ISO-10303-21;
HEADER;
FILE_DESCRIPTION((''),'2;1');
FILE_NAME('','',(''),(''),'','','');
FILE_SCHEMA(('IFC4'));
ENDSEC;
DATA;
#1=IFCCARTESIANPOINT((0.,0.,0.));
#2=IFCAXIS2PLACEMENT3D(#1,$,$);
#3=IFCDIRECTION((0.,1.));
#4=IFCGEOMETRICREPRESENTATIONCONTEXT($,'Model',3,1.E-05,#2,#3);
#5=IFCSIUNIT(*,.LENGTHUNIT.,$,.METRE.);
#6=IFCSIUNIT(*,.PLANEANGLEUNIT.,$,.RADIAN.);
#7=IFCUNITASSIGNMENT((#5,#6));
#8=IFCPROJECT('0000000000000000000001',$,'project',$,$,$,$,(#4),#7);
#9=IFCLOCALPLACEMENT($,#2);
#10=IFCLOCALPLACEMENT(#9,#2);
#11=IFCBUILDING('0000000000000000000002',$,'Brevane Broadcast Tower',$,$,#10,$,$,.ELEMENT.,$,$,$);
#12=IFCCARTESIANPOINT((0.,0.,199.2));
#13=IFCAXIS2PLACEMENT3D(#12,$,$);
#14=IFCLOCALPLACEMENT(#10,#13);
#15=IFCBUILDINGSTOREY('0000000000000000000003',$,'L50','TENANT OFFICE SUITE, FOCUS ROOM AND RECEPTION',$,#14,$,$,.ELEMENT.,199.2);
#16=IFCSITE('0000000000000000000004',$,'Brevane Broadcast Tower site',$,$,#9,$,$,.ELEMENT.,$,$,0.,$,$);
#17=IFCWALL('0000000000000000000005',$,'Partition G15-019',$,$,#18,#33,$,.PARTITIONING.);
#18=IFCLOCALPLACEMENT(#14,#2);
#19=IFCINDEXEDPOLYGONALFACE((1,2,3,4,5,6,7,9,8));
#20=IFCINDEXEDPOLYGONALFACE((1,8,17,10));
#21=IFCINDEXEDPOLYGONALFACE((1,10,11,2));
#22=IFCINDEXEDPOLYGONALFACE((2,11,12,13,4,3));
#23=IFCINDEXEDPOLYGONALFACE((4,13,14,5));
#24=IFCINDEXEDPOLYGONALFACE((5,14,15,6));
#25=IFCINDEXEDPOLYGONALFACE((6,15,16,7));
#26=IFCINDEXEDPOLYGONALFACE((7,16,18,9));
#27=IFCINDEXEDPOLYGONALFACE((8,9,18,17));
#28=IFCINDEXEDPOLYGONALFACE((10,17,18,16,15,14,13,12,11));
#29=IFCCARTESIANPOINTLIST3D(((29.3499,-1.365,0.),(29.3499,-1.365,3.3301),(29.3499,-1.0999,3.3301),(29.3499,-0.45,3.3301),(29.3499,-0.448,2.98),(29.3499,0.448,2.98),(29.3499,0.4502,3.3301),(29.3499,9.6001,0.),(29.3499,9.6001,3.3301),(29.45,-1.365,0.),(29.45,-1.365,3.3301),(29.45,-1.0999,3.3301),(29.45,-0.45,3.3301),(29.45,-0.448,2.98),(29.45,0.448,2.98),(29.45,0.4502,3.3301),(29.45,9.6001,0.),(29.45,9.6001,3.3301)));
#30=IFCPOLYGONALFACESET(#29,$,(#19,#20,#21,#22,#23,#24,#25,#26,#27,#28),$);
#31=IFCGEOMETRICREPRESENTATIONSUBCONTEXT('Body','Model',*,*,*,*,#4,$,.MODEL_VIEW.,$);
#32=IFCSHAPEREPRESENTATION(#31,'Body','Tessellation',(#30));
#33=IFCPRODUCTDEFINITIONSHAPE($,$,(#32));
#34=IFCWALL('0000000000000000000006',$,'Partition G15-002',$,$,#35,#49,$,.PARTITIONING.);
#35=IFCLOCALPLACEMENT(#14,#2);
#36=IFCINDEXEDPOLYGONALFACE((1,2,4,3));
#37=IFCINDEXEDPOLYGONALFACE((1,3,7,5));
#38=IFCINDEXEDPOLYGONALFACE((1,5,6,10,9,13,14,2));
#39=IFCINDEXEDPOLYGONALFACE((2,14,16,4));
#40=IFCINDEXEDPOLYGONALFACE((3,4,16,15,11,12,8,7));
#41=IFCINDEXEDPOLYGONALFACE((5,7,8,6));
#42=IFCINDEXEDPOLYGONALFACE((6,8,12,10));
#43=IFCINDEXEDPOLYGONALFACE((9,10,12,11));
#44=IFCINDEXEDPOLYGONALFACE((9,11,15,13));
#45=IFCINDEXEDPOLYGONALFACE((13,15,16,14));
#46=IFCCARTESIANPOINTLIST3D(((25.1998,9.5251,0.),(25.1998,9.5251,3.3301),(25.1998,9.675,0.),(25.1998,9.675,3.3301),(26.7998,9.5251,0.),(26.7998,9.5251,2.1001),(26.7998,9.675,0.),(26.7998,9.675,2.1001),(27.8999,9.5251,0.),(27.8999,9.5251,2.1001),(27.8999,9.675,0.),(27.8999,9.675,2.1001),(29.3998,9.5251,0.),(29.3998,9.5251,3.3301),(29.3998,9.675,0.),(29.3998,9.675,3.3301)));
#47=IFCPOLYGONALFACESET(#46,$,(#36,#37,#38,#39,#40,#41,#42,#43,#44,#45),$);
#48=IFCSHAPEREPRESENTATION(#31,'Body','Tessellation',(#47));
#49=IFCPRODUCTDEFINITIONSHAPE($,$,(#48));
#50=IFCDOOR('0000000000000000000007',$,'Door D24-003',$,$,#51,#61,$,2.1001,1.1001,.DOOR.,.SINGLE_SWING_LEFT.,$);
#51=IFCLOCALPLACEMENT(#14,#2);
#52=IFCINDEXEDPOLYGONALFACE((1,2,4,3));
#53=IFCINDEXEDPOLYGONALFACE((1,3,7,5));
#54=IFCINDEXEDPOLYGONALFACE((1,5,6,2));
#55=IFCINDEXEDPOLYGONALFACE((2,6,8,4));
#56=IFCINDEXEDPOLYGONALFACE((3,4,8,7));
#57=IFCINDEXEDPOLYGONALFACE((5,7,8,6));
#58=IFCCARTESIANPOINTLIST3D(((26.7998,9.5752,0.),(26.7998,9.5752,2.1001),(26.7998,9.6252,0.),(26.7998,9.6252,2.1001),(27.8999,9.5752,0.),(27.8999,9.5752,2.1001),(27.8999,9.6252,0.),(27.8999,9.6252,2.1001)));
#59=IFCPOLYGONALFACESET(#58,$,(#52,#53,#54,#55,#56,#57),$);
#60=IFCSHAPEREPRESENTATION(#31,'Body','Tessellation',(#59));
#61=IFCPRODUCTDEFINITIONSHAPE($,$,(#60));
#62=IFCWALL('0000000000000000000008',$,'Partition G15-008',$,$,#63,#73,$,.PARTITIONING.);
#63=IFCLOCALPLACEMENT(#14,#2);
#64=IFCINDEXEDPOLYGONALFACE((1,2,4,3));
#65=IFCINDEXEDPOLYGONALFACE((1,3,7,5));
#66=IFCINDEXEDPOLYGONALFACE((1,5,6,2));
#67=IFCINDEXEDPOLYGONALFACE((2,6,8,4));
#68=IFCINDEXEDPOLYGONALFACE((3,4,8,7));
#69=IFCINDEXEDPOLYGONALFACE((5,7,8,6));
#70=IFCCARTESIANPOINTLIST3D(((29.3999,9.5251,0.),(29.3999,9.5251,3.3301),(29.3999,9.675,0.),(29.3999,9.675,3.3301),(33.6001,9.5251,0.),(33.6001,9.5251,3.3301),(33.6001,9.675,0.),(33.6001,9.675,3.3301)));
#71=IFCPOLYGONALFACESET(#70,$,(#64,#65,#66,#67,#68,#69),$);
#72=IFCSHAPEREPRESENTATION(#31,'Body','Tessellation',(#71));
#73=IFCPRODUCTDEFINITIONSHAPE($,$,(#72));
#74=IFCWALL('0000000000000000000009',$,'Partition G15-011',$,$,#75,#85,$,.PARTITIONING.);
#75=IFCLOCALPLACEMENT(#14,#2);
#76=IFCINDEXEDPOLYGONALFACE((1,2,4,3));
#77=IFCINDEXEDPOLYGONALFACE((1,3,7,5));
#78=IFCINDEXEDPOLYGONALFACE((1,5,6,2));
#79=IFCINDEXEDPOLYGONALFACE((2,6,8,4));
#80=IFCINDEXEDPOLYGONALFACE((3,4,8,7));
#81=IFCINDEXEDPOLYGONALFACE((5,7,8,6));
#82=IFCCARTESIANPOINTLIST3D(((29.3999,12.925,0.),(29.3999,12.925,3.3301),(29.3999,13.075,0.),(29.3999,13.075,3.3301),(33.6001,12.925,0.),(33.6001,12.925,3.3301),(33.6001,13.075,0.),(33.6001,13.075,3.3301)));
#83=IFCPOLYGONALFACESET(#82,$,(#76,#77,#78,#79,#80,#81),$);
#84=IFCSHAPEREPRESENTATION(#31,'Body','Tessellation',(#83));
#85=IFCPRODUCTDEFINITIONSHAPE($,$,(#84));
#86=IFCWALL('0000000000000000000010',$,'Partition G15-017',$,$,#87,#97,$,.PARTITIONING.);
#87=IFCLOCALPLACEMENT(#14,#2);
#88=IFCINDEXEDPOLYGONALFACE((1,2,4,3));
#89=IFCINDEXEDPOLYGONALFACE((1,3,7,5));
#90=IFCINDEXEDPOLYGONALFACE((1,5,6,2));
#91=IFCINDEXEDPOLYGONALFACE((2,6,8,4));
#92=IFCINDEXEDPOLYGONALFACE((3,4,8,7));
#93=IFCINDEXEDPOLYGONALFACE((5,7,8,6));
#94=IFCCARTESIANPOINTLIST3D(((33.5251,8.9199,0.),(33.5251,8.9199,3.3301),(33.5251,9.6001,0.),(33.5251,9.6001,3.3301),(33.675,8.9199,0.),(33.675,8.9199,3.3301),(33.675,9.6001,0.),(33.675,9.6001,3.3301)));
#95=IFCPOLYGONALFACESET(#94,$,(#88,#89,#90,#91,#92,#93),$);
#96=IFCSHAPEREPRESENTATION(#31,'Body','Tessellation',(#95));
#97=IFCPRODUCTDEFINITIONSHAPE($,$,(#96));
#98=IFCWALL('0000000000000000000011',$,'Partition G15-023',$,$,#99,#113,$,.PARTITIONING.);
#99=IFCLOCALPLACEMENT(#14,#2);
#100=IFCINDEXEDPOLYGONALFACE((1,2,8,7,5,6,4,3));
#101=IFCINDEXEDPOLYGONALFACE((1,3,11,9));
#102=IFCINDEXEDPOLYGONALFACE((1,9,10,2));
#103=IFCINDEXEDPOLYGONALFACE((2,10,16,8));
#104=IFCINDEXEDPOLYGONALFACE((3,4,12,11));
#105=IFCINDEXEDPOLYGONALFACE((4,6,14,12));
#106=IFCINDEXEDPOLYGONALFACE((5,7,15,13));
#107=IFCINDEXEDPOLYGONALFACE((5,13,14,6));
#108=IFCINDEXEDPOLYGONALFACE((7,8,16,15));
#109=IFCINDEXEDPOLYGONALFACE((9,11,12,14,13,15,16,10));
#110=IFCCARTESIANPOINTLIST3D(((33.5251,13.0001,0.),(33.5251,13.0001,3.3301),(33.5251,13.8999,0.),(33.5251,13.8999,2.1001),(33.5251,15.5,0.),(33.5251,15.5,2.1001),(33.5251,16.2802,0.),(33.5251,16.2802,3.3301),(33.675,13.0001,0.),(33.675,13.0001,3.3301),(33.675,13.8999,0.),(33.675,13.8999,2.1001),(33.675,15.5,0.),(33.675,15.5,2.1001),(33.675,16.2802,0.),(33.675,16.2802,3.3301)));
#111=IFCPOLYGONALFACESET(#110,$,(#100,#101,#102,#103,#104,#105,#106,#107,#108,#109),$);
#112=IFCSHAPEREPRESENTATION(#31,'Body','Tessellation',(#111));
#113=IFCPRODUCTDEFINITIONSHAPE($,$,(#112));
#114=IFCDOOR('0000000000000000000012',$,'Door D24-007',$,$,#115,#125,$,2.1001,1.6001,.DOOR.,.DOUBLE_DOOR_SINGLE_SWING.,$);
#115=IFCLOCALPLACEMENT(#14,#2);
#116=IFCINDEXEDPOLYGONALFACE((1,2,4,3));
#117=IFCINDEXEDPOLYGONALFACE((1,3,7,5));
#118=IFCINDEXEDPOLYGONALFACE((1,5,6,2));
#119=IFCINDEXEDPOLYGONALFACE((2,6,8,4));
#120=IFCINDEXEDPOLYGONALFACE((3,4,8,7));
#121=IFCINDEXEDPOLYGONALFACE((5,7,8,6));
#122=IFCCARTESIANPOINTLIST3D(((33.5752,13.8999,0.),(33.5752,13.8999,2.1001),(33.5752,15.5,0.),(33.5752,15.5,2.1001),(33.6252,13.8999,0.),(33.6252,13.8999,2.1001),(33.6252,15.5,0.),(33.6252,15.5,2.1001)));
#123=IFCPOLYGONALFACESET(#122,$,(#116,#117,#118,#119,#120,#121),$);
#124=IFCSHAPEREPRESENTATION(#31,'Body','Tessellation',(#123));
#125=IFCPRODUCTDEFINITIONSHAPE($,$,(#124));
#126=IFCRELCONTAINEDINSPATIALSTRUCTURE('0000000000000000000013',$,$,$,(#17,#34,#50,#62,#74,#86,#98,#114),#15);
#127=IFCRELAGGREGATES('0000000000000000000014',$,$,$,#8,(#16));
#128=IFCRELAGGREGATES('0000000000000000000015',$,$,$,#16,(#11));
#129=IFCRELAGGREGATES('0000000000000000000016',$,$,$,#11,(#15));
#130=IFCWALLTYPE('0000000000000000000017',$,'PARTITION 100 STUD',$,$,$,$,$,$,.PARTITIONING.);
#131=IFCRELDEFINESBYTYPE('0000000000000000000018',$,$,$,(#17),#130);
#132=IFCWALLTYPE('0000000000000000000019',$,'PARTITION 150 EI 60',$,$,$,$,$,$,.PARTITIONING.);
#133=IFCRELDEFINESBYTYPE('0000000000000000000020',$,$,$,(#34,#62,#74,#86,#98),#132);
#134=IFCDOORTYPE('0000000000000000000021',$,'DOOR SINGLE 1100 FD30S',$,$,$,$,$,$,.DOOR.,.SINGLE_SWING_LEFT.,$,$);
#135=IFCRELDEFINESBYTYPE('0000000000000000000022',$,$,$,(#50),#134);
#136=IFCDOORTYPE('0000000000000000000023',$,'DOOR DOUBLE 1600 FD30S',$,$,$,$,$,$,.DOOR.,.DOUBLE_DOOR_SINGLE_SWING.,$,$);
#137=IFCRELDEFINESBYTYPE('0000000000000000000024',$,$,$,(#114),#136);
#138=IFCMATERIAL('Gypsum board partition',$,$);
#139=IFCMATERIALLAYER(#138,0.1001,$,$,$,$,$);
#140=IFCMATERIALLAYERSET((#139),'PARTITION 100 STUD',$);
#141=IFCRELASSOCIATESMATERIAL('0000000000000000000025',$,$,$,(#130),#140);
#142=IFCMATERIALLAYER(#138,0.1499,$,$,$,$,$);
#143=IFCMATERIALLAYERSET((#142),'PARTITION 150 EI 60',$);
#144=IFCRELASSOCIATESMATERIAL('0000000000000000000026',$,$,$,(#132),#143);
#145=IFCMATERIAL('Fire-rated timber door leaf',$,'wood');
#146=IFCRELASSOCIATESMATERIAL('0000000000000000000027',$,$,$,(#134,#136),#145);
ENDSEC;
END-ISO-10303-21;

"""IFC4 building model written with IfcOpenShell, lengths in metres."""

from ifc_helpers import new_model, si_unit, direction, frame, frame_2d, origin, place, context, subcontext, project, spatial, polyline, rectangle, outline, extrude, material, layer, layer_set, type_object, element, fill, save


model = new_model("IFC4")

# Units and contexts
model_context = context("Model", 3, precision=1e-05, world=origin(), true_north=direction((0.0, 1.0)))
body_context = subcontext(model_context, "Body", "Model", "MODEL_VIEW")
ifc_project = project(units=[si_unit("LENGTHUNIT", "METRE"), si_unit("PLANEANGLEUNIT", "RADIAN")], contexts=[model_context])

# Site, building, storey
site_placement = place(None, origin())
site = spatial("IfcSite", under=ifc_project, at=site_placement, Name="Brevane Broadcast Tower site", CompositionType="ELEMENT", RefElevation=0.0)
building_placement = place(site_placement, origin())
building = spatial("IfcBuilding", under=site, at=building_placement, Name="Brevane Broadcast Tower", CompositionType="ELEMENT")
storey_placement = place(building_placement, frame((0.0, 0.0, 199.2)))
storey = spatial("IfcBuildingStorey", under=building, at=storey_placement, Name="L50", Description="TENANT OFFICE SUITE, FOCUS ROOM AND RECEPTION", CompositionType="ELEMENT", Elevation=199.2)

# Wall
ifc_material_1 = material(Name="Gypsum board partition")
ifc_layer_1 = layer(ifc_material_1, 0.1001)
ifc_layer_set_1 = layer_set([ifc_layer_1], Name="PARTITION 100 STUD")
wall_type_1 = type_object("IfcWallType", Name="PARTITION 100 STUD", PredefinedType="PARTITIONING", material=ifc_layer_set_1)
wall_1_placement = place(storey_placement, frame((29.3999, 9.6001, 0.0), z_axis=(0.0, 0.0, 1.0), x_axis=(0.0, -1.0, 0.0)))
element("IfcWall", 1, at=wall_1_placement, inside=storey, type_object=wall_type_1, Name="Partition G15-019", PredefinedType="PARTITIONING", context=body_context, shape_type="SweptSolid", body=[
    extrude(outline(polyline([(0.0, 0.0), (10.9651, 0.0), (10.9651, 3.3301), (10.7, 3.3301), (10.05, 3.3301), (10.0481, 2.98), (9.1521, 2.98), (9.1499, 3.3301), (0.0, 3.3301), (0.0, 0.0)])), frame((0.0, 0.05, 0.0), z_axis=(0.0, -1.0, 0.0), x_axis=(1.0, 0.0, 0.0)), (0.0, 0.0, 1.0), 0.1001),
])

# Wall, opening, door
ifc_layer_2 = layer(ifc_material_1, 0.1499)
ifc_layer_set_2 = layer_set([ifc_layer_2], Name="PARTITION 150 EI 60")
wall_type_2 = type_object("IfcWallType", Name="PARTITION 150 EI 60", PredefinedType="PARTITIONING", material=ifc_layer_set_2)
wall_2_placement = place(storey_placement, frame((29.3999, 9.6001, 0.0), z_axis=(0.0, 0.0, 1.0), x_axis=(-1.0, 0.0, 0.0)))
wall_2 = element("IfcWall", 2, at=wall_2_placement, inside=storey, type_object=wall_type_2, Name="Partition G15-002", PredefinedType="PARTITIONING", context=body_context, shape_type="SweptSolid", body=[
    extrude(rectangle(XDim=4.2, YDim=0.1499, at=frame_2d((2.1001, 0.0))), origin(), (0.0, 0.0, 1.0), 3.3301),
])
opening_1_placement = place(wall_2_placement, frame((1.5, 0.0, 0.0)))
opening_1 = element("IfcOpeningElement", 3, at=opening_1_placement, cuts=wall_2, PredefinedType="OPENING", context=body_context, shape_type="SweptSolid", body=[
    extrude(rectangle(XDim=1.1001, YDim=2.1001, at=frame_2d((0.55, 1.05))), frame((0.0, 0.085, 0.0), z_axis=(0.0, -1.0, 0.0), x_axis=(1.0, 0.0, 0.0)), (0.0, 0.0, 1.0), 0.1699),
])
ifc_material_2 = material(Name="Fire-rated timber door leaf", Category="wood")
door_type_1 = type_object("IfcDoorType", Name="DOOR SINGLE 1100 FD30S", OperationType="SINGLE_SWING_LEFT", PredefinedType="DOOR", material=ifc_material_2)
door_1_placement = place(opening_1_placement, origin())
door_1 = element("IfcDoor", 4, at=door_1_placement, inside=storey, type_object=door_type_1, Name="Door D24-003", OperationType="SINGLE_SWING_LEFT", OverallHeight=2.1001, OverallWidth=1.1001, PredefinedType="DOOR", context=body_context, shape_type="SweptSolid", body=[
    extrude(rectangle(XDim=1.1001, YDim=2.1001, at=frame_2d((0.55, 1.05))), frame((0.0, 0.0249, 0.0), z_axis=(0.0, -1.0, 0.0), x_axis=(1.0, 0.0, 0.0)), (0.0, 0.0, 1.0), 0.05),
])
fill(opening_1, door_1)

# Walls
for number, where, z_axis, x_axis, name in (
    (5, (33.6001, 9.6001, 0.0), (0.0, 0.0, 1.0), (-1.0, 0.0, 0.0), "Partition G15-008"),
    (6, (29.3999, 13.0, 0.0), (0.0, 0.0, 1.0), (1.0, 0.0, 0.0), "Partition G15-011"),
):
    element("IfcWall", number, at=place(storey_placement, frame(where, z_axis=z_axis, x_axis=x_axis)), inside=storey, type_object=wall_type_2, Name=name, PredefinedType="PARTITIONING", context=body_context, shape_type="SweptSolid", body=[
        extrude(rectangle(XDim=4.2002, YDim=0.1499, at=frame_2d((2.1001, 0.0))), origin(), (0.0, 0.0, 1.0), 3.3301),
    ])
wall_3_placement = place(storey_placement, frame((33.6001, 8.9199, 0.0), z_axis=(0.0, 0.0, 1.0), x_axis=(0.0, 1.0, 0.0)))
element("IfcWall", 7, at=wall_3_placement, inside=storey, type_object=wall_type_2, Name="Partition G15-017", PredefinedType="PARTITIONING", context=body_context, shape_type="SweptSolid", body=[
    extrude(rectangle(XDim=0.6802, YDim=0.1499, at=frame_2d((0.3401, 0.0))), origin(), (0.0, 0.0, 1.0), 3.3301),
])

# Wall, opening, door
wall_4_placement = place(storey_placement, frame((33.6001, 13.0, 0.0), z_axis=(0.0, 0.0, 1.0), x_axis=(0.0, 1.0, 0.0)))
wall_4 = element("IfcWall", 8, at=wall_4_placement, inside=storey, type_object=wall_type_2, Name="Partition G15-023", PredefinedType="PARTITIONING", context=body_context, shape_type="SweptSolid", body=[
    extrude(rectangle(XDim=3.28, YDim=0.1499, at=frame_2d((1.6401, 0.0))), origin(), (0.0, 0.0, 1.0), 3.3301),
])
opening_2_placement = place(wall_4_placement, frame((0.8999, 0.0, 0.0)))
opening_2 = element("IfcOpeningElement", 9, at=opening_2_placement, cuts=wall_4, PredefinedType="OPENING", context=body_context, shape_type="SweptSolid", body=[
    extrude(rectangle(XDim=1.6001, YDim=2.1001, at=frame_2d((0.8, 1.05))), frame((0.0, 0.085, 0.0), z_axis=(0.0, -1.0, 0.0), x_axis=(1.0, 0.0, 0.0)), (0.0, 0.0, 1.0), 0.1699),
])
door_type_2 = type_object("IfcDoorType", Name="DOOR DOUBLE 1600 FD30S", OperationType="DOUBLE_DOOR_SINGLE_SWING", PredefinedType="DOOR", material=ifc_material_2)
door_2_placement = place(opening_2_placement, origin())
door_2 = element("IfcDoor", 10, at=door_2_placement, inside=storey, type_object=door_type_2, Name="Door D24-007", OperationType="DOUBLE_DOOR_SINGLE_SWING", OverallHeight=2.1001, OverallWidth=1.6001, PredefinedType="DOOR", context=body_context, shape_type="SweptSolid", body=[
    extrude(rectangle(XDim=1.6001, YDim=2.1001, at=frame_2d((0.8, 1.05))), frame((0.0, 0.0249, 0.0), z_axis=(0.0, -1.0, 0.0), x_axis=(1.0, 0.0, 0.0)), (0.0, 0.0, 1.0), 0.05),
])
fill(opening_2, door_2)

save(model, "model.ifc")
